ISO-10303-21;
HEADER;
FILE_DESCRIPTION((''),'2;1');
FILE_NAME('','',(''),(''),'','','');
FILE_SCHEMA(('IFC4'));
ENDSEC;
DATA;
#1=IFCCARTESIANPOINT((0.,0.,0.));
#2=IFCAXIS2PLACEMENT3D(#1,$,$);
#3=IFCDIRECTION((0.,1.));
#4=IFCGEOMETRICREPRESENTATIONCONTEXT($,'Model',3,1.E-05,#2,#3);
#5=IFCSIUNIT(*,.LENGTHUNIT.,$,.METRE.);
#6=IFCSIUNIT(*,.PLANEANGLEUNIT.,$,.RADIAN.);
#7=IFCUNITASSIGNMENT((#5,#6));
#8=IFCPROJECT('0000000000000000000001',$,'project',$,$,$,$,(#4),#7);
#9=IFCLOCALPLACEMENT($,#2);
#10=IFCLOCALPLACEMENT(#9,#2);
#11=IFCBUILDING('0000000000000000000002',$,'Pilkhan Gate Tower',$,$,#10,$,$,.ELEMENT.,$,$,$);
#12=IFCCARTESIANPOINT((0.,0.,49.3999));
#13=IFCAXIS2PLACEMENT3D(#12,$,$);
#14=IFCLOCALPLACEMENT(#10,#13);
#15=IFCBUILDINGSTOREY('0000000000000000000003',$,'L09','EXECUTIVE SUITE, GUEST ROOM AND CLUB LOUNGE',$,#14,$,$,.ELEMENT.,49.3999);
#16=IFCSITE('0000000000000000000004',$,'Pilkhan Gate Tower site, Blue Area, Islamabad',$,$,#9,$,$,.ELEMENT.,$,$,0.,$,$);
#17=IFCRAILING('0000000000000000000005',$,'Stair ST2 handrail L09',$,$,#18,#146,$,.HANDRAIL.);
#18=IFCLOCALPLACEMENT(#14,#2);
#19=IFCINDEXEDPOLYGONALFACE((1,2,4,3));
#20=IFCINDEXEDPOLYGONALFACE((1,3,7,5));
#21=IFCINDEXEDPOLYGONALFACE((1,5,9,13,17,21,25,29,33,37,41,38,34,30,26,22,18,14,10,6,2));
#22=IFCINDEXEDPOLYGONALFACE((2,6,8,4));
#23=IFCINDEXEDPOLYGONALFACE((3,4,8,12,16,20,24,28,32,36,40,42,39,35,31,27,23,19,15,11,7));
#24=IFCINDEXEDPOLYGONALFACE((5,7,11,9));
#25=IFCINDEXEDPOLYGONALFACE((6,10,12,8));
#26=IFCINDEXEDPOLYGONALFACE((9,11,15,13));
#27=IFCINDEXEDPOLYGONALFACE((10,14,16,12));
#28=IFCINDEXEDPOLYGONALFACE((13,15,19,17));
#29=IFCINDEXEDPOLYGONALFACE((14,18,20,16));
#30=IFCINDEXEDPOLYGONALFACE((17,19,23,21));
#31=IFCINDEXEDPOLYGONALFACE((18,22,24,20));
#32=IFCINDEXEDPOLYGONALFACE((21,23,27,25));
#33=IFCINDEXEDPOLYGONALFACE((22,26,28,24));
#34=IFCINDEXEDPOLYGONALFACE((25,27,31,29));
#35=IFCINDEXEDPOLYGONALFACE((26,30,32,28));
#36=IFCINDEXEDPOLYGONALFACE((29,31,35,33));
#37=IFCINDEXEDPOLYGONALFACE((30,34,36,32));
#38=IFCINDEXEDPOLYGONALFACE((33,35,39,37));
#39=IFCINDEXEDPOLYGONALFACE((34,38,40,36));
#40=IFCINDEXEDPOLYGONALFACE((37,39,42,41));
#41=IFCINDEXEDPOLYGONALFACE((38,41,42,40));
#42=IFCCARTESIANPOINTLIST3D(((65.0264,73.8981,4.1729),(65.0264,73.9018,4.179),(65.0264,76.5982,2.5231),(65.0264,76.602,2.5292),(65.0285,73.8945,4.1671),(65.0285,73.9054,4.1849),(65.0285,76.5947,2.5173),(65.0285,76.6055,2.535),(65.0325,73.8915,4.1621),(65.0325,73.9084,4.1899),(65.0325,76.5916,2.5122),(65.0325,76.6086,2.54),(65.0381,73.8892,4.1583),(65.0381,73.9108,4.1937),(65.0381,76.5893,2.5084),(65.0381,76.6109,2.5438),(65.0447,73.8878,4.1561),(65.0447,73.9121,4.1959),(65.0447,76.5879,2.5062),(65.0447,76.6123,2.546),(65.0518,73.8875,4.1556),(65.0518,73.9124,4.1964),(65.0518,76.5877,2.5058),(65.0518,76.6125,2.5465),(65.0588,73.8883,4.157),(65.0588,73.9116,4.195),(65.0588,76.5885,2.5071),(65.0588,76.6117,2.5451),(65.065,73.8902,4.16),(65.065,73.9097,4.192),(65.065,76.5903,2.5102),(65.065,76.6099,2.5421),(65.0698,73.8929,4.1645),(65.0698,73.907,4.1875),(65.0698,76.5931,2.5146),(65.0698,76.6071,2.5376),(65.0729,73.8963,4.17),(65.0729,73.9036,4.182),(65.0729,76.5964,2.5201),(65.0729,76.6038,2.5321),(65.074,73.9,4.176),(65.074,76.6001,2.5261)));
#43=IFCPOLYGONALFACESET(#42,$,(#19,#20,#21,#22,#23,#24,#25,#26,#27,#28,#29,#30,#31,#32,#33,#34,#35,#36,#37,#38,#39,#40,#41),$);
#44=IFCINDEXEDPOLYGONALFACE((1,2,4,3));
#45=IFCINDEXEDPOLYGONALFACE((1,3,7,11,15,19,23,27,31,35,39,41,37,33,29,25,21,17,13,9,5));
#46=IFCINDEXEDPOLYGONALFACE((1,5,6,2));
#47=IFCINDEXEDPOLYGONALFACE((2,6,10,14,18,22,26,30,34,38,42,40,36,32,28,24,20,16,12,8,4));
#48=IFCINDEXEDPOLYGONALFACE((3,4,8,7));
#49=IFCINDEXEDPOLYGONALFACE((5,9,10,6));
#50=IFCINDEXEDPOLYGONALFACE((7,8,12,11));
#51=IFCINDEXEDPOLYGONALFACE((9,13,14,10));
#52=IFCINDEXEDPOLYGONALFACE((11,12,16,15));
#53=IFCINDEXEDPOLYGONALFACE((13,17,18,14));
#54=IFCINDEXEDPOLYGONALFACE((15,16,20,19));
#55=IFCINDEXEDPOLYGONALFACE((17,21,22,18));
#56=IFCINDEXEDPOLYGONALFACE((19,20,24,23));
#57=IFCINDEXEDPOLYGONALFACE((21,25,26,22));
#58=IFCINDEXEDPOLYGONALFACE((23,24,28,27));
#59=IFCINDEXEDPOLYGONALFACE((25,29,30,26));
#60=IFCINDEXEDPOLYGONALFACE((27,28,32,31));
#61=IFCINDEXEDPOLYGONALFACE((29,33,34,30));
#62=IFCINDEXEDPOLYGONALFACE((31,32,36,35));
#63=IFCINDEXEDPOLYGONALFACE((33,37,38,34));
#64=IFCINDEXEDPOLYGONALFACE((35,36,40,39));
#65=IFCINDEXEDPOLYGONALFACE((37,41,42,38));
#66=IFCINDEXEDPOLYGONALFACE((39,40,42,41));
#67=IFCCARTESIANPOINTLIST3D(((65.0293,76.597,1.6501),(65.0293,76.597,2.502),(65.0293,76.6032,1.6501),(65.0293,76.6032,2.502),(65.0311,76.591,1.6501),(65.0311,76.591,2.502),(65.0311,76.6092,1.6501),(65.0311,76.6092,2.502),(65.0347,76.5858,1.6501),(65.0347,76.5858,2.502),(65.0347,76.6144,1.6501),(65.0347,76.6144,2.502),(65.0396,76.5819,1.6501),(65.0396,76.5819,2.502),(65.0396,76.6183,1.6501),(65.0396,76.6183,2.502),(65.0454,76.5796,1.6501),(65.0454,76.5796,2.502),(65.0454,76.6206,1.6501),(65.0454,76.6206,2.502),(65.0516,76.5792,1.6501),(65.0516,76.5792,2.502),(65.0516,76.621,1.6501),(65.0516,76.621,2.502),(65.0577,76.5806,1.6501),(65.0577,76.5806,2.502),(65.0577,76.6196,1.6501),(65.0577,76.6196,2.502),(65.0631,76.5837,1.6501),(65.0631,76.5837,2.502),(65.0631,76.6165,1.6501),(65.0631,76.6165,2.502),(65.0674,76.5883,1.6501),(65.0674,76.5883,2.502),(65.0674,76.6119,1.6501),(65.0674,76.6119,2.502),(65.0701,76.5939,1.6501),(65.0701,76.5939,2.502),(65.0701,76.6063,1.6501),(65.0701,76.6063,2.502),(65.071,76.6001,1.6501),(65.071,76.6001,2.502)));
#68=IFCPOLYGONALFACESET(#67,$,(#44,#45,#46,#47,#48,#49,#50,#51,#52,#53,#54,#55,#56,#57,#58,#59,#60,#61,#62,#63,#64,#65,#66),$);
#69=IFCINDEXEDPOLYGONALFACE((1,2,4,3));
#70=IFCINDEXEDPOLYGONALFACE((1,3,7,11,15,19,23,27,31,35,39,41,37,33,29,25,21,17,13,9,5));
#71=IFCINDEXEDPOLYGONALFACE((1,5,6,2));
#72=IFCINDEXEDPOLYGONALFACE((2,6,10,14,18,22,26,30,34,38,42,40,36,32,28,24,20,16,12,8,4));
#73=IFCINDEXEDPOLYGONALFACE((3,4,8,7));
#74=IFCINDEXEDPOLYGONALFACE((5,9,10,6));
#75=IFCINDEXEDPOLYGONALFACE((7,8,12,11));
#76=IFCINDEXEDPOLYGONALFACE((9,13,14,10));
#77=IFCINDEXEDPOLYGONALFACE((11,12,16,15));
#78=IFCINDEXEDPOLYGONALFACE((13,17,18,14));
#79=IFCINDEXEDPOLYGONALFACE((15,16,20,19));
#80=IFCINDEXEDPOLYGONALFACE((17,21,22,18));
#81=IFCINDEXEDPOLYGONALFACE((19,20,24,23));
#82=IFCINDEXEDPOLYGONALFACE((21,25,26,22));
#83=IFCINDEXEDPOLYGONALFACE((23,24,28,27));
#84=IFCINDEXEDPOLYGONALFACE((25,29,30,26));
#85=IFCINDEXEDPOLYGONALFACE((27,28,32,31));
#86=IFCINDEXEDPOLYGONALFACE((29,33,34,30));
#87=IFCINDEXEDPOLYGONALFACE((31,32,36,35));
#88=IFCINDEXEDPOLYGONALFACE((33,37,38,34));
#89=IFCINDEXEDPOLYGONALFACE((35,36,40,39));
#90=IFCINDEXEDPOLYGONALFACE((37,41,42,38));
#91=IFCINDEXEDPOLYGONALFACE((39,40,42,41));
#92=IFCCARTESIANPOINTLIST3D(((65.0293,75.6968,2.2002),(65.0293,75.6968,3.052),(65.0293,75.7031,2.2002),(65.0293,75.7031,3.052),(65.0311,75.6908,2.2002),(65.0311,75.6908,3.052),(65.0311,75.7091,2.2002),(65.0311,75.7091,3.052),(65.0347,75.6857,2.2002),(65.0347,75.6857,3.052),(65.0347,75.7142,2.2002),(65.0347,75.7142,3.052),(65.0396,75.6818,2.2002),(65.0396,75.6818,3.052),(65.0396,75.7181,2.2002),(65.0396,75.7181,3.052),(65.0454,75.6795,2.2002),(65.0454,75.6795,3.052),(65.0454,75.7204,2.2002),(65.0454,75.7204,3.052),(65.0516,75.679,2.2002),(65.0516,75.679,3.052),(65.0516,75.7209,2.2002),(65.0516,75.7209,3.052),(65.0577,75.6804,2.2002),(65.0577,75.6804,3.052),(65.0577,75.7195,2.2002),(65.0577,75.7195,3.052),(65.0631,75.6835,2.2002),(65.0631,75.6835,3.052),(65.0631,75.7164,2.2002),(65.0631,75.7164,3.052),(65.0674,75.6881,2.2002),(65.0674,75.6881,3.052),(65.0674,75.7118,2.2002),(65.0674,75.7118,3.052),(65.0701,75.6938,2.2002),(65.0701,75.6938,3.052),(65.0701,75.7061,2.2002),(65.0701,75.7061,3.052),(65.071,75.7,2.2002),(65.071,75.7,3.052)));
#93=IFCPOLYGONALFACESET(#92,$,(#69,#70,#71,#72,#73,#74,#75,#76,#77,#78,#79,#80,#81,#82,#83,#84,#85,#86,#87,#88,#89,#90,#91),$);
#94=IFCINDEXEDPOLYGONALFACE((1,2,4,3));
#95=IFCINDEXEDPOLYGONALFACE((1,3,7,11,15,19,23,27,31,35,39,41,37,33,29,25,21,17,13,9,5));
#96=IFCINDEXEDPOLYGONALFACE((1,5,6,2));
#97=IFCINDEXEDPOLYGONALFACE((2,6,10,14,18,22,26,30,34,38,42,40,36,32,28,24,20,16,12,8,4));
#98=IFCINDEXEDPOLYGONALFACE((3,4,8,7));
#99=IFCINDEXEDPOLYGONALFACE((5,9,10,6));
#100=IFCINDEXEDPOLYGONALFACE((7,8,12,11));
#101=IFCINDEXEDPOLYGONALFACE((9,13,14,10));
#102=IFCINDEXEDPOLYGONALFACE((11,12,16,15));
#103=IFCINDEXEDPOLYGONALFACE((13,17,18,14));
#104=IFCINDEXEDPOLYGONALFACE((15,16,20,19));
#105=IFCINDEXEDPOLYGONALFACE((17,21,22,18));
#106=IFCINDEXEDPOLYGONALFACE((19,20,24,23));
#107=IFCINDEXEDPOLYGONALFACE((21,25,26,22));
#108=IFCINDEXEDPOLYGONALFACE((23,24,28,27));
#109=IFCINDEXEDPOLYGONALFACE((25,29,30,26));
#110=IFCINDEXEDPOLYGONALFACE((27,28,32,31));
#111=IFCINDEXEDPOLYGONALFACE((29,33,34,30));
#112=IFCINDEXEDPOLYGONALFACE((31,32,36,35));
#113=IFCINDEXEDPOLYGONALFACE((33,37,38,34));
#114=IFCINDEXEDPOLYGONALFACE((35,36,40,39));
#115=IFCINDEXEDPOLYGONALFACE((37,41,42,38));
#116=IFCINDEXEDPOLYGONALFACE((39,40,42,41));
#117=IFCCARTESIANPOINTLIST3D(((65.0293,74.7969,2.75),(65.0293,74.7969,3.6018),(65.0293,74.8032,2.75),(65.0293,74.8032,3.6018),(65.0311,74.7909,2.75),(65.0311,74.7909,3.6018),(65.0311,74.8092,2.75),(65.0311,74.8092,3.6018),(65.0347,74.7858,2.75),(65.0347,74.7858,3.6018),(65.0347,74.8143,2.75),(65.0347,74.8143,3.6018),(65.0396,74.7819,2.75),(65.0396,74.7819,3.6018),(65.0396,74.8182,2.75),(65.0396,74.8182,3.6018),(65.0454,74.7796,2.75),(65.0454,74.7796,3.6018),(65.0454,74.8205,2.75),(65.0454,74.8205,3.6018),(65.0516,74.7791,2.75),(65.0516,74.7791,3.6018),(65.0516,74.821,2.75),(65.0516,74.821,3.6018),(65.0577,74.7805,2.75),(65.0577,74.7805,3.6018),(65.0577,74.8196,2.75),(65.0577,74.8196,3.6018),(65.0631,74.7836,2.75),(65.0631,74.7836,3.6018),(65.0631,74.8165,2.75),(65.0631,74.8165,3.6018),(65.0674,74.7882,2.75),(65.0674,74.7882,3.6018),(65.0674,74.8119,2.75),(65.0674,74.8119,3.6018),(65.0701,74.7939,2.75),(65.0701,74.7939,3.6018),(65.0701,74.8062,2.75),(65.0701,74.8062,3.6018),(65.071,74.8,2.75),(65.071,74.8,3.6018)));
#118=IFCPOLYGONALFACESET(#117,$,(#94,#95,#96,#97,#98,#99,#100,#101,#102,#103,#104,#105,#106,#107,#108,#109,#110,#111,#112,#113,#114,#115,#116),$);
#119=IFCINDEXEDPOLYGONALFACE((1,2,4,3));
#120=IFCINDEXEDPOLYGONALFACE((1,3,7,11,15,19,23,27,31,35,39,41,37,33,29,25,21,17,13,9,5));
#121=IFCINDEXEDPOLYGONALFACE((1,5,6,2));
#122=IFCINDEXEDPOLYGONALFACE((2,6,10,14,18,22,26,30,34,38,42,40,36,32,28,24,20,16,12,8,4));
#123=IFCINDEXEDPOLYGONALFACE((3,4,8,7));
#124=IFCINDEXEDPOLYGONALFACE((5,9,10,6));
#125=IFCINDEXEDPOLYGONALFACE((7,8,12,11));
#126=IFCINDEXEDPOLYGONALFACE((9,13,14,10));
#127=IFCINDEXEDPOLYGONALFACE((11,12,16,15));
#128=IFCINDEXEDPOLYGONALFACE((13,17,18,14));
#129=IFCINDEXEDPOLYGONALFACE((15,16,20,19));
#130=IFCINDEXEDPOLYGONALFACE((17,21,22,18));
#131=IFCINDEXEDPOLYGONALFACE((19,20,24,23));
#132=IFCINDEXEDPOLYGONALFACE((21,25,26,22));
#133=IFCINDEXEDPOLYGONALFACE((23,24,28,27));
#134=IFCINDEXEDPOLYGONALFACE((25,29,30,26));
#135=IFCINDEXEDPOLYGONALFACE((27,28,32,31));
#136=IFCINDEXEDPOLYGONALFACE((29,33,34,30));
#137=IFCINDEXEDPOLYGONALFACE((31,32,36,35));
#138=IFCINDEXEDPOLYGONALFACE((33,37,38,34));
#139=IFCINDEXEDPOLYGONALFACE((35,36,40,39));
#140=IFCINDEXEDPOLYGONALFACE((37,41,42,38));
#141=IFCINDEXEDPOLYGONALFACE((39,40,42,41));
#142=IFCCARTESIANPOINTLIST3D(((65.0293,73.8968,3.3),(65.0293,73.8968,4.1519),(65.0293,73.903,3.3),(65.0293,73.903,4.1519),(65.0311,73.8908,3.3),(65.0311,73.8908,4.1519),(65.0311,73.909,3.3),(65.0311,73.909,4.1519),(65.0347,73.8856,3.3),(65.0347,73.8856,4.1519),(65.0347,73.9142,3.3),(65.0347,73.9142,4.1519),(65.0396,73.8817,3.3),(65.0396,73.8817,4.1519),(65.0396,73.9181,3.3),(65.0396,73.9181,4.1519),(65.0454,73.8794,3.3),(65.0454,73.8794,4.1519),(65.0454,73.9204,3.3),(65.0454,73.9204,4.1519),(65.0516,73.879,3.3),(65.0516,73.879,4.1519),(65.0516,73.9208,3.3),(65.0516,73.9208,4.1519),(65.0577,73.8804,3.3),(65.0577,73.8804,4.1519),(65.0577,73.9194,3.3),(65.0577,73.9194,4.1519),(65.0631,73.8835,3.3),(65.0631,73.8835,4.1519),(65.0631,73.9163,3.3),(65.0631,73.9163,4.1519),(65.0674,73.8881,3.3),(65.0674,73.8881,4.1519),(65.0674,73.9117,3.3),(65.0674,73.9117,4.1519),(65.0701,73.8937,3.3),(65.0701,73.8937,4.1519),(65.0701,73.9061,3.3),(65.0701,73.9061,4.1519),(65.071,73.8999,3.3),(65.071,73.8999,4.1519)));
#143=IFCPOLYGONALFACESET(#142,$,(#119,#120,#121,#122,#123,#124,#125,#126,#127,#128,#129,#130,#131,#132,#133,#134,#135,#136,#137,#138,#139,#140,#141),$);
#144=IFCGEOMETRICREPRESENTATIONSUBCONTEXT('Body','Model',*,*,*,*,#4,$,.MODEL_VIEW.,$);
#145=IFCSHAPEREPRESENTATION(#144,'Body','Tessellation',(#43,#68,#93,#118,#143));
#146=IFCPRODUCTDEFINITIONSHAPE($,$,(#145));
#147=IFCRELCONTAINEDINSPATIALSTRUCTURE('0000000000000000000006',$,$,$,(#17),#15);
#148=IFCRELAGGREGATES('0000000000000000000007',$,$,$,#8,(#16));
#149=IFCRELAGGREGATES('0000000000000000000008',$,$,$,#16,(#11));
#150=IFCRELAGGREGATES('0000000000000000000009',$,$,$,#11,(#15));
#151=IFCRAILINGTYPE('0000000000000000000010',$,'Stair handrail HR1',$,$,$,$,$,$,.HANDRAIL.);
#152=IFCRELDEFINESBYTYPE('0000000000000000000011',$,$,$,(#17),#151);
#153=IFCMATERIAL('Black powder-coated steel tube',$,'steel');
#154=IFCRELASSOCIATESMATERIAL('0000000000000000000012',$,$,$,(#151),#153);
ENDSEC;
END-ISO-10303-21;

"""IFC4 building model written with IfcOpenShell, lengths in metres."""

from ifc_helpers import new_model, si_unit, direction, frame, origin, origin_2d, place, context, subcontext, project, spatial, circle, extrude, material, type_object, element, save


model = new_model("IFC4")

# Units and contexts
model_context = context("Model", 3, precision=1e-05, world=origin(), true_north=direction((0.0, 1.0)))
body_context = subcontext(model_context, "Body", "Model", "MODEL_VIEW")
ifc_project = project(units=[si_unit("LENGTHUNIT", "METRE"), si_unit("PLANEANGLEUNIT", "RADIAN")], contexts=[model_context])

# Site, building, storey
site_placement = place(None, origin())
site = spatial("IfcSite", under=ifc_project, at=site_placement, Name="Pilkhan Gate Tower site, Blue Area, Islamabad", CompositionType="ELEMENT", RefElevation=0.0)
building_placement = place(site_placement, origin())
building = spatial("IfcBuilding", under=site, at=building_placement, Name="Pilkhan Gate Tower", CompositionType="ELEMENT")
storey_placement = place(building_placement, frame((0.0, 0.0, 49.3999)))
storey = spatial("IfcBuildingStorey", under=building, at=storey_placement, Name="L09", Description="EXECUTIVE SUITE, GUEST ROOM AND CLUB LOUNGE", CompositionType="ELEMENT", Elevation=49.3999)

# Railing
ifc_material_1 = material(Name="Black powder-coated steel tube", Category="steel")
railing_type_1 = type_object("IfcRailingType", Name="Stair handrail HR1", PredefinedType="HANDRAIL", material=ifc_material_1)
railing_1_placement = place(storey_placement, frame((65.05, 76.6001, 1.6501)))
element("IfcRailing", 1, at=railing_1_placement, inside=storey, type_object=railing_type_1, Name="Stair ST2 handrail L09", PredefinedType="HANDRAIL", context=body_context, shape_type="SweptSolid", body=[
    extrude(circle(Radius=0.0239, at=origin_2d()), frame((0.0, 0.0, 0.876), z_axis=(0.0, -0.853312, 0.5214), x_axis=(1.0, 0.0, 0.0)), (0.0, 0.0, 1.0), 3.1643),
    extrude(circle(Radius=0.021, at=origin_2d()), origin(), (0.0, 0.0, 1.0), 0.8518),
    extrude(circle(Radius=0.021, at=origin_2d()), frame((0.0, -0.9001, 0.55)), (0.0, 0.0, 1.0), 0.8518),
    extrude(circle(Radius=0.021, at=origin_2d()), frame((0.0, -1.8, 1.0999)), (0.0, 0.0, 1.0), 0.8518),
    extrude(circle(Radius=0.021, at=origin_2d()), frame((0.0, -2.7002, 1.6499)), (0.0, 0.0, 1.0), 0.8518),
])

save(model, "model.ifc")
